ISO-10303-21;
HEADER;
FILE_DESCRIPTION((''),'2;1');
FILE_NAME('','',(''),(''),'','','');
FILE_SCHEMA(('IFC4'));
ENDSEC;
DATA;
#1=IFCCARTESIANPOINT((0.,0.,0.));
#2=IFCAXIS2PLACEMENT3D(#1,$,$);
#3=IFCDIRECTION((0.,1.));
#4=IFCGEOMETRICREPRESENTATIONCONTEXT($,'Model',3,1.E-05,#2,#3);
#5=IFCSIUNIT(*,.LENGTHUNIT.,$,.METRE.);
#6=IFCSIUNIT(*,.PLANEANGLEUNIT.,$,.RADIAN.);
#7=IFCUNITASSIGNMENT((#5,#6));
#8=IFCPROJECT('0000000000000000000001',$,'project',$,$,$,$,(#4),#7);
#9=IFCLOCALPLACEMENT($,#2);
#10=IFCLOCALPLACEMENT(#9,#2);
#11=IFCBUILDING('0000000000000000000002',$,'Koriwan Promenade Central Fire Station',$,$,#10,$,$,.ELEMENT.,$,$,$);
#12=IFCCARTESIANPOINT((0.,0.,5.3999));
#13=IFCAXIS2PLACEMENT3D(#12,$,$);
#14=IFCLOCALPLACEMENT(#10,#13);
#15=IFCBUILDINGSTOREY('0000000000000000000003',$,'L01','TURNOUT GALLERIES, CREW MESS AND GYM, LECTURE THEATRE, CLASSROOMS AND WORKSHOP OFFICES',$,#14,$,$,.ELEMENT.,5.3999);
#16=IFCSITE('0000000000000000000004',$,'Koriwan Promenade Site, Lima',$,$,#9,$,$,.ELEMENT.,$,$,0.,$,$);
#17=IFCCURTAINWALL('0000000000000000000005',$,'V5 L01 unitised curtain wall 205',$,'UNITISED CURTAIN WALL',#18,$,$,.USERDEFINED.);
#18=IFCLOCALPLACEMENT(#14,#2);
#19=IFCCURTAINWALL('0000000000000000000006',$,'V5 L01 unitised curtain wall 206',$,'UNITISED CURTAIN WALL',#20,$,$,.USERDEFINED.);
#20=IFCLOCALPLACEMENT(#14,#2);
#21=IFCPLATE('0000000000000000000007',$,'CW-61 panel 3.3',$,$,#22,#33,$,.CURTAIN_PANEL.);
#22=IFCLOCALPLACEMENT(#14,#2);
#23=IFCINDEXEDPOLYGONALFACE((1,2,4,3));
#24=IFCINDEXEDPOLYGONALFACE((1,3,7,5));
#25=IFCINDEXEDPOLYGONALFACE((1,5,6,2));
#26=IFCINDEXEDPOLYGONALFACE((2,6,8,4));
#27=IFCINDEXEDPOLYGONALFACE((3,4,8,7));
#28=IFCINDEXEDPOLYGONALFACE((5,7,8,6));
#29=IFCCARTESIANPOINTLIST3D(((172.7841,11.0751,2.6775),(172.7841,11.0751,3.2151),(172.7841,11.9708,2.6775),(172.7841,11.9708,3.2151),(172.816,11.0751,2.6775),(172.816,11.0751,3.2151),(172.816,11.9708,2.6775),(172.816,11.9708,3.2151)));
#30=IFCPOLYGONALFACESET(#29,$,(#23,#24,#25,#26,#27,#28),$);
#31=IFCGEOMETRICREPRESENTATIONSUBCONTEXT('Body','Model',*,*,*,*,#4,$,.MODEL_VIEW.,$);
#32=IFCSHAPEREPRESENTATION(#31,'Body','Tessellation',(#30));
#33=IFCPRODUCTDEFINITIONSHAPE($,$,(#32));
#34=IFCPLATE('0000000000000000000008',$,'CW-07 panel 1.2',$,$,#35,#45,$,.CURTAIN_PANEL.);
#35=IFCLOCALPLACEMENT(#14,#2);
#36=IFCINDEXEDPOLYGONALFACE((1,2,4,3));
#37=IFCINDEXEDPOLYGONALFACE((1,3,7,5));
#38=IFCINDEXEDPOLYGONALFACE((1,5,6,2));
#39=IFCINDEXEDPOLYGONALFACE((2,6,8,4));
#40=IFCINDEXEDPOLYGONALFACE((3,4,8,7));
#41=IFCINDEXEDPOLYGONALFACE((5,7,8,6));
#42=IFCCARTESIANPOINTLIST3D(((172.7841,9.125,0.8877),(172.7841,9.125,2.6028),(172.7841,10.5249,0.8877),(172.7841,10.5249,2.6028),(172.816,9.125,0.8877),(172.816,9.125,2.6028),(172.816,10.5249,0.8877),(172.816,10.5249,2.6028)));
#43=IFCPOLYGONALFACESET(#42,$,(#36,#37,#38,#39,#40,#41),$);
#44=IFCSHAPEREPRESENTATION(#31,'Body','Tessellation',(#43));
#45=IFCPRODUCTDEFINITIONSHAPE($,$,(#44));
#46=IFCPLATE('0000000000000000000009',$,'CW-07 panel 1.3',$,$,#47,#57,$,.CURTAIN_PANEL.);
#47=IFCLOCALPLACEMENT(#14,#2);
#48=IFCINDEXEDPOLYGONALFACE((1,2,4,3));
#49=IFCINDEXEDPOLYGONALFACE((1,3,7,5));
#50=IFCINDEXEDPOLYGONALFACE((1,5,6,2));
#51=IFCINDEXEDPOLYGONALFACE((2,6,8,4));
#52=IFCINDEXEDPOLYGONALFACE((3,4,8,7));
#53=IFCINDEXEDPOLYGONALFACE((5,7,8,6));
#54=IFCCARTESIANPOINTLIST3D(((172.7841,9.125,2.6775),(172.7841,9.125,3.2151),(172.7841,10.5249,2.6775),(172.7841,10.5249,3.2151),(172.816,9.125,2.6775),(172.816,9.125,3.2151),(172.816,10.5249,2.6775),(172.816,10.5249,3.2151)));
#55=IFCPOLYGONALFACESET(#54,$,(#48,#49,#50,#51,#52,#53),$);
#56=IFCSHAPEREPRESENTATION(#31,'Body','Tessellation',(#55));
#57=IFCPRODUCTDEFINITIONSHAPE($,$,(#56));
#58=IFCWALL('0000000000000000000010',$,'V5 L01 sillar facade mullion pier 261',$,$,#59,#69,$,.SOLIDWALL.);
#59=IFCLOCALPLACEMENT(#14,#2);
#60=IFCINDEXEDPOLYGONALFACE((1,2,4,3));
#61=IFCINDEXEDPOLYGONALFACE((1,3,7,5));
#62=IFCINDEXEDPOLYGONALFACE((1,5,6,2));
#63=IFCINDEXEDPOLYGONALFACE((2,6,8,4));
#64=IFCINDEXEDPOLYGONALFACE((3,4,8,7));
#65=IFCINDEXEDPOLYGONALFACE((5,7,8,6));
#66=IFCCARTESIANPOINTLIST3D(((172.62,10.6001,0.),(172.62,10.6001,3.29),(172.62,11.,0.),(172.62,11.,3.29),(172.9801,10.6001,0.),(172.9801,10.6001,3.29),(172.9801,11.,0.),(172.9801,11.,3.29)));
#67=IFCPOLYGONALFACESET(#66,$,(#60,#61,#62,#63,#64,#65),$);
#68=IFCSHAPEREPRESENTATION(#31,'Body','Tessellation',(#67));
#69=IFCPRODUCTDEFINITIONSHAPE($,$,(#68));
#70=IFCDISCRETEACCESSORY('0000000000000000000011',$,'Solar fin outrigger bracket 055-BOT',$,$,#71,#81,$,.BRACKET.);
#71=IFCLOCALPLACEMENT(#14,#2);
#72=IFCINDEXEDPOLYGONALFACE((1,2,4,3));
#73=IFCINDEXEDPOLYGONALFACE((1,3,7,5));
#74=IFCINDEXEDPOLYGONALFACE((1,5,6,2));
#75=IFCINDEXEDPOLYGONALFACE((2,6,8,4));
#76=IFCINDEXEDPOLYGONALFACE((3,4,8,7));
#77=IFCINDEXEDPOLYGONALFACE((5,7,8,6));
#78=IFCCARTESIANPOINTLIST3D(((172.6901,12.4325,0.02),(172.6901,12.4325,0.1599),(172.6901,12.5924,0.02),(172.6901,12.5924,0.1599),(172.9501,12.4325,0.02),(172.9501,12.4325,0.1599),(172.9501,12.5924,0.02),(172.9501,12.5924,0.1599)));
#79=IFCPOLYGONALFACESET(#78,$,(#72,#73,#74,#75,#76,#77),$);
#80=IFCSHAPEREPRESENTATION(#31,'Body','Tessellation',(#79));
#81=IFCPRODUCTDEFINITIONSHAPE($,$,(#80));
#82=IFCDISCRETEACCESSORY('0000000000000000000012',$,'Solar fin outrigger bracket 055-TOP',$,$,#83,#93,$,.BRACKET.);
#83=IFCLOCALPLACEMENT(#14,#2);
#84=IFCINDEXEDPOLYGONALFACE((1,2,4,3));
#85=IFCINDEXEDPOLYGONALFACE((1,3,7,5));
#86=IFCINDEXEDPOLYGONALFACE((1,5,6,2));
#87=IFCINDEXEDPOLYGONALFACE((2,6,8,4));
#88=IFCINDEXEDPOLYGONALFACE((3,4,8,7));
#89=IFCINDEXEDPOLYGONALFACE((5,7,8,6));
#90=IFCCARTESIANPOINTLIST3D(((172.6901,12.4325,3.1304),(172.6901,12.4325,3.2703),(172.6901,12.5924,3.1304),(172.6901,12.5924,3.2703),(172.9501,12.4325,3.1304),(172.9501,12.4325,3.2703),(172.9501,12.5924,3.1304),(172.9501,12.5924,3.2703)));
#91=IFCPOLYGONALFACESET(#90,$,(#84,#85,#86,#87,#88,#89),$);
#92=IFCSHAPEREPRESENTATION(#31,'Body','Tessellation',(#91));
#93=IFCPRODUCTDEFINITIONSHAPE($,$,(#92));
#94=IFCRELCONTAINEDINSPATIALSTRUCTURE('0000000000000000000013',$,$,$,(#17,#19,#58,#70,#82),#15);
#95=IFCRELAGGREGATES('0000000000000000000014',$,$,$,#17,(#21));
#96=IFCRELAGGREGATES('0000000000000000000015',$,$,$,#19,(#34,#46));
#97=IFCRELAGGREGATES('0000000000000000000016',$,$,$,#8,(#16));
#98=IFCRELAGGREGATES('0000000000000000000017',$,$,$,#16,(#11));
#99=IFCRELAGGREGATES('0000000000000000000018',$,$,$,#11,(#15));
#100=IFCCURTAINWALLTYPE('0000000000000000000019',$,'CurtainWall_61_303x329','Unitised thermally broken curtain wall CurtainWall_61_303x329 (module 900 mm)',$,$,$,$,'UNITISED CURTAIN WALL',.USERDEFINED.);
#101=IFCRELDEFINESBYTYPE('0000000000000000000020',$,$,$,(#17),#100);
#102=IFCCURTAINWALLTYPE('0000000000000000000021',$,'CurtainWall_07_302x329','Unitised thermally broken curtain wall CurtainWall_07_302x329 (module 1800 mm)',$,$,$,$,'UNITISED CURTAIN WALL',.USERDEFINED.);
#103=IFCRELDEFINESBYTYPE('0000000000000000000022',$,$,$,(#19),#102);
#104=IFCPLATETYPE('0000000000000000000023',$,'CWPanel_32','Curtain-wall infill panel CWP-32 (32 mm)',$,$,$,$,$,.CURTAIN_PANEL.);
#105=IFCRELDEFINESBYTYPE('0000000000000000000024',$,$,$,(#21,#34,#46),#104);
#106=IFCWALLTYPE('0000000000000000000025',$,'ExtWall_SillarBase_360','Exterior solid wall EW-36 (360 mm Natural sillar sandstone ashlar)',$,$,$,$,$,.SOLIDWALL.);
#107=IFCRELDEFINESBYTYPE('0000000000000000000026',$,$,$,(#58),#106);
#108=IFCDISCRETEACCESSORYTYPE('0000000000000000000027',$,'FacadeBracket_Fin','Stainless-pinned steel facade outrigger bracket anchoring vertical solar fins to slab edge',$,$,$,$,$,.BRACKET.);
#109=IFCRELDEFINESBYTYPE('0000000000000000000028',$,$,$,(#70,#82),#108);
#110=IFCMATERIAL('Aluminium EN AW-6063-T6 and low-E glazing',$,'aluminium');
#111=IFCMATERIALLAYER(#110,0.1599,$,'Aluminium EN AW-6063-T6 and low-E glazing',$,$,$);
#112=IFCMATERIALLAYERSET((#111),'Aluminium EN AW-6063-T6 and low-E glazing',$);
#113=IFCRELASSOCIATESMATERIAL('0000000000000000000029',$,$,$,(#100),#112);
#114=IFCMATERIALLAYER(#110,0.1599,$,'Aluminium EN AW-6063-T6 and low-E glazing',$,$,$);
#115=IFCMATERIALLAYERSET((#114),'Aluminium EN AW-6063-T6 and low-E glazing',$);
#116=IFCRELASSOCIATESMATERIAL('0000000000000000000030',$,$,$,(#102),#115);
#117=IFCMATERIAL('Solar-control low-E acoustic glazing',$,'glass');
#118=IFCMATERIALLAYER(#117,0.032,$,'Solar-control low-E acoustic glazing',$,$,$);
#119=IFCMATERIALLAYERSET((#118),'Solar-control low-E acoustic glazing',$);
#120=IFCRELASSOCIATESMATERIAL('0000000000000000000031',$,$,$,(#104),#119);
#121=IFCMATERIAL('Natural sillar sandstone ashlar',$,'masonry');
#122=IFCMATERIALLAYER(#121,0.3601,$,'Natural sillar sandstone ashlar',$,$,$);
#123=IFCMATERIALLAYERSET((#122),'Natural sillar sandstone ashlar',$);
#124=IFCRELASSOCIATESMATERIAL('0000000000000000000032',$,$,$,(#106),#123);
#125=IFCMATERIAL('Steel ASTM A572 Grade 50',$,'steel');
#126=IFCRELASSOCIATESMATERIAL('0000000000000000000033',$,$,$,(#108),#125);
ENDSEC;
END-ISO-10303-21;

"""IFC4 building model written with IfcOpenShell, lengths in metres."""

from ifc_helpers import new_model, si_unit, direction, frame, frame_2d, origin, origin_2d, place, context, subcontext, project, spatial, rectangle, extrude, material, layer, layer_set, type_object, element, aggregate, save


model = new_model("IFC4")

# Units and contexts
model_context = context("Model", 3, precision=1e-05, world=origin(), true_north=direction((0.0, 1.0)))
body_context = subcontext(model_context, "Body", "Model", "MODEL_VIEW")
ifc_project = project(units=[si_unit("LENGTHUNIT", "METRE"), si_unit("PLANEANGLEUNIT", "RADIAN")], contexts=[model_context])

# Site, building, storey
site_placement = place(None, origin())
site = spatial("IfcSite", under=ifc_project, at=site_placement, Name="Koriwan Promenade Site, Lima", CompositionType="ELEMENT", RefElevation=0.0)
building_placement = place(site_placement, origin())
building = spatial("IfcBuilding", under=site, at=building_placement, Name="Koriwan Promenade Central Fire Station", CompositionType="ELEMENT")
storey_placement = place(building_placement, frame((0.0, 0.0, 5.3999)))
storey = spatial("IfcBuildingStorey", under=building, at=storey_placement, Name="L01", Description="TURNOUT GALLERIES, CREW MESS AND GYM, LECTURE THEATRE, CLASSROOMS AND WORKSHOP OFFICES", CompositionType="ELEMENT", Elevation=5.3999)

# Curtain wall
ifc_material_1 = material(Name="Aluminium EN AW-6063-T6 and low-E glazing", Category="aluminium")
ifc_layer_1 = layer(ifc_material_1, 0.1599, Name="Aluminium EN AW-6063-T6 and low-E glazing")
ifc_layer_set_1 = layer_set([ifc_layer_1], Name="Aluminium EN AW-6063-T6 and low-E glazing")
curtain_wall_type_1 = type_object("IfcCurtainWallType", Name="CurtainWall_61_303x329", Description="Unitised thermally broken curtain wall CurtainWall_61_303x329 (module 900 mm)", ElementType="UNITISED CURTAIN WALL", PredefinedType="USERDEFINED", material=ifc_layer_set_1)
curtain_wall_1_placement = place(storey_placement, origin())
curtain_wall_1 = element("IfcCurtainWall", 1, at=curtain_wall_1_placement, inside=storey, type_object=curtain_wall_type_1, Name="V5 L01 unitised curtain wall 205", ObjectType="UNITISED CURTAIN WALL", PredefinedType="USERDEFINED")

# Curtain wall
ifc_layer_2 = layer(ifc_material_1, 0.1599, Name="Aluminium EN AW-6063-T6 and low-E glazing")
ifc_layer_set_2 = layer_set([ifc_layer_2], Name="Aluminium EN AW-6063-T6 and low-E glazing")
curtain_wall_type_2 = type_object("IfcCurtainWallType", Name="CurtainWall_07_302x329", Description="Unitised thermally broken curtain wall CurtainWall_07_302x329 (module 1800 mm)", ElementType="UNITISED CURTAIN WALL", PredefinedType="USERDEFINED", material=ifc_layer_set_2)
curtain_wall_2_placement = place(storey_placement, origin())
curtain_wall_2 = element("IfcCurtainWall", 2, at=curtain_wall_2_placement, inside=storey, type_object=curtain_wall_type_2, Name="V5 L01 unitised curtain wall 206", ObjectType="UNITISED CURTAIN WALL", PredefinedType="USERDEFINED")

# Plates
ifc_material_2 = material(Name="Solar-control low-E acoustic glazing", Category="glass")
ifc_layer_3 = layer(ifc_material_2, 0.032, Name="Solar-control low-E acoustic glazing")
ifc_layer_set_3 = layer_set([ifc_layer_3], Name="Solar-control low-E acoustic glazing")
plate_type = type_object("IfcPlateType", Name="CWPanel_32", Description="Curtain-wall infill panel CWP-32 (32 mm)", PredefinedType="CURTAIN_PANEL", material=ifc_layer_set_3)
plate_1_placement = place(storey_placement, frame((172.8, 11.5229, 2.6775), z_axis=(0.0, 0.0, 1.0), x_axis=(0.0, -1.0, 0.0)))
plate_1 = element("IfcPlate", 3, at=plate_1_placement, type_object=plate_type, Name="CW-61 panel 3.3", PredefinedType="CURTAIN_PANEL", context=body_context, shape_type="SweptSolid", body=[
    extrude(rectangle(XDim=0.8958, YDim=0.032, at=origin_2d()), origin(), (0.0, 0.0, 1.0), 0.5376),
])
aggregate(curtain_wall_1, [plate_1])
plate_2_placement = place(storey_placement, frame((172.8, 9.825, 0.8877), z_axis=(0.0, 0.0, 1.0), x_axis=(0.0, -1.0, 0.0)))
plate_2 = element("IfcPlate", 4, at=plate_2_placement, type_object=plate_type, Name="CW-07 panel 1.2", PredefinedType="CURTAIN_PANEL", context=body_context, shape_type="SweptSolid", body=[
    extrude(rectangle(XDim=1.3999, YDim=0.032, at=origin_2d()), origin(), (0.0, 0.0, 1.0), 1.7151),
])
plate_3_placement = place(storey_placement, frame((172.8, 9.825, 2.6775), z_axis=(0.0, 0.0, 1.0), x_axis=(0.0, -1.0, 0.0)))
plate_3 = element("IfcPlate", 5, at=plate_3_placement, type_object=plate_type, Name="CW-07 panel 1.3", PredefinedType="CURTAIN_PANEL", context=body_context, shape_type="SweptSolid", body=[
    extrude(rectangle(XDim=1.3999, YDim=0.032, at=origin_2d()), origin(), (0.0, 0.0, 1.0), 0.5376),
])
aggregate(curtain_wall_2, [plate_2, plate_3])

# Wall
ifc_material_3 = material(Name="Natural sillar sandstone ashlar", Category="masonry")
ifc_layer_4 = layer(ifc_material_3, 0.3601, Name="Natural sillar sandstone ashlar")
ifc_layer_set_4 = layer_set([ifc_layer_4], Name="Natural sillar sandstone ashlar")
wall_type = type_object("IfcWallType", Name="ExtWall_SillarBase_360", Description="Exterior solid wall EW-36 (360 mm Natural sillar sandstone ashlar)", PredefinedType="SOLIDWALL", material=ifc_layer_set_4)
wall_placement = place(storey_placement, frame((172.8, 11.0, 0.0), z_axis=(0.0, 0.0, 1.0), x_axis=(0.0, -1.0, 0.0)))
element("IfcWall", 6, at=wall_placement, inside=storey, type_object=wall_type, Name="V5 L01 sillar facade mullion pier 261", PredefinedType="SOLIDWALL", context=body_context, shape_type="SweptSolid", body=[
    extrude(rectangle(XDim=0.3999, YDim=0.3601, at=frame_2d((0.2, 0.0))), origin(), (0.0, 0.0, 1.0), 3.29),
])

# Discrete accessories
ifc_material_4 = material(Name="Steel ASTM A572 Grade 50", Category="steel")
discrete_accessory_type = type_object("IfcDiscreteAccessoryType", Name="FacadeBracket_Fin", Description="Stainless-pinned steel facade outrigger bracket anchoring vertical solar fins to slab edge", PredefinedType="BRACKET", material=ifc_material_4)
for number, where, z_axis, x_axis, name in (
    (7, (172.8201, 12.5125, 0.02), (0.0, 0.0, 1.0), (1.0, 0.0, 0.0), "Solar fin outrigger bracket 055-BOT"),
    (8, (172.8201, 12.5125, 3.1304), (0.0, 0.0, 1.0), (1.0, 0.0, 0.0), "Solar fin outrigger bracket 055-TOP"),
):
    element("IfcDiscreteAccessory", number, at=place(storey_placement, frame(where, z_axis=z_axis, x_axis=x_axis)), inside=storey, type_object=discrete_accessory_type, Name=name, PredefinedType="BRACKET", context=body_context, shape_type="SweptSolid", body=[
        extrude(rectangle(XDim=0.26, YDim=0.1599, at=origin_2d()), origin(), (0.0, 0.0, 1.0), 0.1399),
    ])

save(model, "model.ifc")
